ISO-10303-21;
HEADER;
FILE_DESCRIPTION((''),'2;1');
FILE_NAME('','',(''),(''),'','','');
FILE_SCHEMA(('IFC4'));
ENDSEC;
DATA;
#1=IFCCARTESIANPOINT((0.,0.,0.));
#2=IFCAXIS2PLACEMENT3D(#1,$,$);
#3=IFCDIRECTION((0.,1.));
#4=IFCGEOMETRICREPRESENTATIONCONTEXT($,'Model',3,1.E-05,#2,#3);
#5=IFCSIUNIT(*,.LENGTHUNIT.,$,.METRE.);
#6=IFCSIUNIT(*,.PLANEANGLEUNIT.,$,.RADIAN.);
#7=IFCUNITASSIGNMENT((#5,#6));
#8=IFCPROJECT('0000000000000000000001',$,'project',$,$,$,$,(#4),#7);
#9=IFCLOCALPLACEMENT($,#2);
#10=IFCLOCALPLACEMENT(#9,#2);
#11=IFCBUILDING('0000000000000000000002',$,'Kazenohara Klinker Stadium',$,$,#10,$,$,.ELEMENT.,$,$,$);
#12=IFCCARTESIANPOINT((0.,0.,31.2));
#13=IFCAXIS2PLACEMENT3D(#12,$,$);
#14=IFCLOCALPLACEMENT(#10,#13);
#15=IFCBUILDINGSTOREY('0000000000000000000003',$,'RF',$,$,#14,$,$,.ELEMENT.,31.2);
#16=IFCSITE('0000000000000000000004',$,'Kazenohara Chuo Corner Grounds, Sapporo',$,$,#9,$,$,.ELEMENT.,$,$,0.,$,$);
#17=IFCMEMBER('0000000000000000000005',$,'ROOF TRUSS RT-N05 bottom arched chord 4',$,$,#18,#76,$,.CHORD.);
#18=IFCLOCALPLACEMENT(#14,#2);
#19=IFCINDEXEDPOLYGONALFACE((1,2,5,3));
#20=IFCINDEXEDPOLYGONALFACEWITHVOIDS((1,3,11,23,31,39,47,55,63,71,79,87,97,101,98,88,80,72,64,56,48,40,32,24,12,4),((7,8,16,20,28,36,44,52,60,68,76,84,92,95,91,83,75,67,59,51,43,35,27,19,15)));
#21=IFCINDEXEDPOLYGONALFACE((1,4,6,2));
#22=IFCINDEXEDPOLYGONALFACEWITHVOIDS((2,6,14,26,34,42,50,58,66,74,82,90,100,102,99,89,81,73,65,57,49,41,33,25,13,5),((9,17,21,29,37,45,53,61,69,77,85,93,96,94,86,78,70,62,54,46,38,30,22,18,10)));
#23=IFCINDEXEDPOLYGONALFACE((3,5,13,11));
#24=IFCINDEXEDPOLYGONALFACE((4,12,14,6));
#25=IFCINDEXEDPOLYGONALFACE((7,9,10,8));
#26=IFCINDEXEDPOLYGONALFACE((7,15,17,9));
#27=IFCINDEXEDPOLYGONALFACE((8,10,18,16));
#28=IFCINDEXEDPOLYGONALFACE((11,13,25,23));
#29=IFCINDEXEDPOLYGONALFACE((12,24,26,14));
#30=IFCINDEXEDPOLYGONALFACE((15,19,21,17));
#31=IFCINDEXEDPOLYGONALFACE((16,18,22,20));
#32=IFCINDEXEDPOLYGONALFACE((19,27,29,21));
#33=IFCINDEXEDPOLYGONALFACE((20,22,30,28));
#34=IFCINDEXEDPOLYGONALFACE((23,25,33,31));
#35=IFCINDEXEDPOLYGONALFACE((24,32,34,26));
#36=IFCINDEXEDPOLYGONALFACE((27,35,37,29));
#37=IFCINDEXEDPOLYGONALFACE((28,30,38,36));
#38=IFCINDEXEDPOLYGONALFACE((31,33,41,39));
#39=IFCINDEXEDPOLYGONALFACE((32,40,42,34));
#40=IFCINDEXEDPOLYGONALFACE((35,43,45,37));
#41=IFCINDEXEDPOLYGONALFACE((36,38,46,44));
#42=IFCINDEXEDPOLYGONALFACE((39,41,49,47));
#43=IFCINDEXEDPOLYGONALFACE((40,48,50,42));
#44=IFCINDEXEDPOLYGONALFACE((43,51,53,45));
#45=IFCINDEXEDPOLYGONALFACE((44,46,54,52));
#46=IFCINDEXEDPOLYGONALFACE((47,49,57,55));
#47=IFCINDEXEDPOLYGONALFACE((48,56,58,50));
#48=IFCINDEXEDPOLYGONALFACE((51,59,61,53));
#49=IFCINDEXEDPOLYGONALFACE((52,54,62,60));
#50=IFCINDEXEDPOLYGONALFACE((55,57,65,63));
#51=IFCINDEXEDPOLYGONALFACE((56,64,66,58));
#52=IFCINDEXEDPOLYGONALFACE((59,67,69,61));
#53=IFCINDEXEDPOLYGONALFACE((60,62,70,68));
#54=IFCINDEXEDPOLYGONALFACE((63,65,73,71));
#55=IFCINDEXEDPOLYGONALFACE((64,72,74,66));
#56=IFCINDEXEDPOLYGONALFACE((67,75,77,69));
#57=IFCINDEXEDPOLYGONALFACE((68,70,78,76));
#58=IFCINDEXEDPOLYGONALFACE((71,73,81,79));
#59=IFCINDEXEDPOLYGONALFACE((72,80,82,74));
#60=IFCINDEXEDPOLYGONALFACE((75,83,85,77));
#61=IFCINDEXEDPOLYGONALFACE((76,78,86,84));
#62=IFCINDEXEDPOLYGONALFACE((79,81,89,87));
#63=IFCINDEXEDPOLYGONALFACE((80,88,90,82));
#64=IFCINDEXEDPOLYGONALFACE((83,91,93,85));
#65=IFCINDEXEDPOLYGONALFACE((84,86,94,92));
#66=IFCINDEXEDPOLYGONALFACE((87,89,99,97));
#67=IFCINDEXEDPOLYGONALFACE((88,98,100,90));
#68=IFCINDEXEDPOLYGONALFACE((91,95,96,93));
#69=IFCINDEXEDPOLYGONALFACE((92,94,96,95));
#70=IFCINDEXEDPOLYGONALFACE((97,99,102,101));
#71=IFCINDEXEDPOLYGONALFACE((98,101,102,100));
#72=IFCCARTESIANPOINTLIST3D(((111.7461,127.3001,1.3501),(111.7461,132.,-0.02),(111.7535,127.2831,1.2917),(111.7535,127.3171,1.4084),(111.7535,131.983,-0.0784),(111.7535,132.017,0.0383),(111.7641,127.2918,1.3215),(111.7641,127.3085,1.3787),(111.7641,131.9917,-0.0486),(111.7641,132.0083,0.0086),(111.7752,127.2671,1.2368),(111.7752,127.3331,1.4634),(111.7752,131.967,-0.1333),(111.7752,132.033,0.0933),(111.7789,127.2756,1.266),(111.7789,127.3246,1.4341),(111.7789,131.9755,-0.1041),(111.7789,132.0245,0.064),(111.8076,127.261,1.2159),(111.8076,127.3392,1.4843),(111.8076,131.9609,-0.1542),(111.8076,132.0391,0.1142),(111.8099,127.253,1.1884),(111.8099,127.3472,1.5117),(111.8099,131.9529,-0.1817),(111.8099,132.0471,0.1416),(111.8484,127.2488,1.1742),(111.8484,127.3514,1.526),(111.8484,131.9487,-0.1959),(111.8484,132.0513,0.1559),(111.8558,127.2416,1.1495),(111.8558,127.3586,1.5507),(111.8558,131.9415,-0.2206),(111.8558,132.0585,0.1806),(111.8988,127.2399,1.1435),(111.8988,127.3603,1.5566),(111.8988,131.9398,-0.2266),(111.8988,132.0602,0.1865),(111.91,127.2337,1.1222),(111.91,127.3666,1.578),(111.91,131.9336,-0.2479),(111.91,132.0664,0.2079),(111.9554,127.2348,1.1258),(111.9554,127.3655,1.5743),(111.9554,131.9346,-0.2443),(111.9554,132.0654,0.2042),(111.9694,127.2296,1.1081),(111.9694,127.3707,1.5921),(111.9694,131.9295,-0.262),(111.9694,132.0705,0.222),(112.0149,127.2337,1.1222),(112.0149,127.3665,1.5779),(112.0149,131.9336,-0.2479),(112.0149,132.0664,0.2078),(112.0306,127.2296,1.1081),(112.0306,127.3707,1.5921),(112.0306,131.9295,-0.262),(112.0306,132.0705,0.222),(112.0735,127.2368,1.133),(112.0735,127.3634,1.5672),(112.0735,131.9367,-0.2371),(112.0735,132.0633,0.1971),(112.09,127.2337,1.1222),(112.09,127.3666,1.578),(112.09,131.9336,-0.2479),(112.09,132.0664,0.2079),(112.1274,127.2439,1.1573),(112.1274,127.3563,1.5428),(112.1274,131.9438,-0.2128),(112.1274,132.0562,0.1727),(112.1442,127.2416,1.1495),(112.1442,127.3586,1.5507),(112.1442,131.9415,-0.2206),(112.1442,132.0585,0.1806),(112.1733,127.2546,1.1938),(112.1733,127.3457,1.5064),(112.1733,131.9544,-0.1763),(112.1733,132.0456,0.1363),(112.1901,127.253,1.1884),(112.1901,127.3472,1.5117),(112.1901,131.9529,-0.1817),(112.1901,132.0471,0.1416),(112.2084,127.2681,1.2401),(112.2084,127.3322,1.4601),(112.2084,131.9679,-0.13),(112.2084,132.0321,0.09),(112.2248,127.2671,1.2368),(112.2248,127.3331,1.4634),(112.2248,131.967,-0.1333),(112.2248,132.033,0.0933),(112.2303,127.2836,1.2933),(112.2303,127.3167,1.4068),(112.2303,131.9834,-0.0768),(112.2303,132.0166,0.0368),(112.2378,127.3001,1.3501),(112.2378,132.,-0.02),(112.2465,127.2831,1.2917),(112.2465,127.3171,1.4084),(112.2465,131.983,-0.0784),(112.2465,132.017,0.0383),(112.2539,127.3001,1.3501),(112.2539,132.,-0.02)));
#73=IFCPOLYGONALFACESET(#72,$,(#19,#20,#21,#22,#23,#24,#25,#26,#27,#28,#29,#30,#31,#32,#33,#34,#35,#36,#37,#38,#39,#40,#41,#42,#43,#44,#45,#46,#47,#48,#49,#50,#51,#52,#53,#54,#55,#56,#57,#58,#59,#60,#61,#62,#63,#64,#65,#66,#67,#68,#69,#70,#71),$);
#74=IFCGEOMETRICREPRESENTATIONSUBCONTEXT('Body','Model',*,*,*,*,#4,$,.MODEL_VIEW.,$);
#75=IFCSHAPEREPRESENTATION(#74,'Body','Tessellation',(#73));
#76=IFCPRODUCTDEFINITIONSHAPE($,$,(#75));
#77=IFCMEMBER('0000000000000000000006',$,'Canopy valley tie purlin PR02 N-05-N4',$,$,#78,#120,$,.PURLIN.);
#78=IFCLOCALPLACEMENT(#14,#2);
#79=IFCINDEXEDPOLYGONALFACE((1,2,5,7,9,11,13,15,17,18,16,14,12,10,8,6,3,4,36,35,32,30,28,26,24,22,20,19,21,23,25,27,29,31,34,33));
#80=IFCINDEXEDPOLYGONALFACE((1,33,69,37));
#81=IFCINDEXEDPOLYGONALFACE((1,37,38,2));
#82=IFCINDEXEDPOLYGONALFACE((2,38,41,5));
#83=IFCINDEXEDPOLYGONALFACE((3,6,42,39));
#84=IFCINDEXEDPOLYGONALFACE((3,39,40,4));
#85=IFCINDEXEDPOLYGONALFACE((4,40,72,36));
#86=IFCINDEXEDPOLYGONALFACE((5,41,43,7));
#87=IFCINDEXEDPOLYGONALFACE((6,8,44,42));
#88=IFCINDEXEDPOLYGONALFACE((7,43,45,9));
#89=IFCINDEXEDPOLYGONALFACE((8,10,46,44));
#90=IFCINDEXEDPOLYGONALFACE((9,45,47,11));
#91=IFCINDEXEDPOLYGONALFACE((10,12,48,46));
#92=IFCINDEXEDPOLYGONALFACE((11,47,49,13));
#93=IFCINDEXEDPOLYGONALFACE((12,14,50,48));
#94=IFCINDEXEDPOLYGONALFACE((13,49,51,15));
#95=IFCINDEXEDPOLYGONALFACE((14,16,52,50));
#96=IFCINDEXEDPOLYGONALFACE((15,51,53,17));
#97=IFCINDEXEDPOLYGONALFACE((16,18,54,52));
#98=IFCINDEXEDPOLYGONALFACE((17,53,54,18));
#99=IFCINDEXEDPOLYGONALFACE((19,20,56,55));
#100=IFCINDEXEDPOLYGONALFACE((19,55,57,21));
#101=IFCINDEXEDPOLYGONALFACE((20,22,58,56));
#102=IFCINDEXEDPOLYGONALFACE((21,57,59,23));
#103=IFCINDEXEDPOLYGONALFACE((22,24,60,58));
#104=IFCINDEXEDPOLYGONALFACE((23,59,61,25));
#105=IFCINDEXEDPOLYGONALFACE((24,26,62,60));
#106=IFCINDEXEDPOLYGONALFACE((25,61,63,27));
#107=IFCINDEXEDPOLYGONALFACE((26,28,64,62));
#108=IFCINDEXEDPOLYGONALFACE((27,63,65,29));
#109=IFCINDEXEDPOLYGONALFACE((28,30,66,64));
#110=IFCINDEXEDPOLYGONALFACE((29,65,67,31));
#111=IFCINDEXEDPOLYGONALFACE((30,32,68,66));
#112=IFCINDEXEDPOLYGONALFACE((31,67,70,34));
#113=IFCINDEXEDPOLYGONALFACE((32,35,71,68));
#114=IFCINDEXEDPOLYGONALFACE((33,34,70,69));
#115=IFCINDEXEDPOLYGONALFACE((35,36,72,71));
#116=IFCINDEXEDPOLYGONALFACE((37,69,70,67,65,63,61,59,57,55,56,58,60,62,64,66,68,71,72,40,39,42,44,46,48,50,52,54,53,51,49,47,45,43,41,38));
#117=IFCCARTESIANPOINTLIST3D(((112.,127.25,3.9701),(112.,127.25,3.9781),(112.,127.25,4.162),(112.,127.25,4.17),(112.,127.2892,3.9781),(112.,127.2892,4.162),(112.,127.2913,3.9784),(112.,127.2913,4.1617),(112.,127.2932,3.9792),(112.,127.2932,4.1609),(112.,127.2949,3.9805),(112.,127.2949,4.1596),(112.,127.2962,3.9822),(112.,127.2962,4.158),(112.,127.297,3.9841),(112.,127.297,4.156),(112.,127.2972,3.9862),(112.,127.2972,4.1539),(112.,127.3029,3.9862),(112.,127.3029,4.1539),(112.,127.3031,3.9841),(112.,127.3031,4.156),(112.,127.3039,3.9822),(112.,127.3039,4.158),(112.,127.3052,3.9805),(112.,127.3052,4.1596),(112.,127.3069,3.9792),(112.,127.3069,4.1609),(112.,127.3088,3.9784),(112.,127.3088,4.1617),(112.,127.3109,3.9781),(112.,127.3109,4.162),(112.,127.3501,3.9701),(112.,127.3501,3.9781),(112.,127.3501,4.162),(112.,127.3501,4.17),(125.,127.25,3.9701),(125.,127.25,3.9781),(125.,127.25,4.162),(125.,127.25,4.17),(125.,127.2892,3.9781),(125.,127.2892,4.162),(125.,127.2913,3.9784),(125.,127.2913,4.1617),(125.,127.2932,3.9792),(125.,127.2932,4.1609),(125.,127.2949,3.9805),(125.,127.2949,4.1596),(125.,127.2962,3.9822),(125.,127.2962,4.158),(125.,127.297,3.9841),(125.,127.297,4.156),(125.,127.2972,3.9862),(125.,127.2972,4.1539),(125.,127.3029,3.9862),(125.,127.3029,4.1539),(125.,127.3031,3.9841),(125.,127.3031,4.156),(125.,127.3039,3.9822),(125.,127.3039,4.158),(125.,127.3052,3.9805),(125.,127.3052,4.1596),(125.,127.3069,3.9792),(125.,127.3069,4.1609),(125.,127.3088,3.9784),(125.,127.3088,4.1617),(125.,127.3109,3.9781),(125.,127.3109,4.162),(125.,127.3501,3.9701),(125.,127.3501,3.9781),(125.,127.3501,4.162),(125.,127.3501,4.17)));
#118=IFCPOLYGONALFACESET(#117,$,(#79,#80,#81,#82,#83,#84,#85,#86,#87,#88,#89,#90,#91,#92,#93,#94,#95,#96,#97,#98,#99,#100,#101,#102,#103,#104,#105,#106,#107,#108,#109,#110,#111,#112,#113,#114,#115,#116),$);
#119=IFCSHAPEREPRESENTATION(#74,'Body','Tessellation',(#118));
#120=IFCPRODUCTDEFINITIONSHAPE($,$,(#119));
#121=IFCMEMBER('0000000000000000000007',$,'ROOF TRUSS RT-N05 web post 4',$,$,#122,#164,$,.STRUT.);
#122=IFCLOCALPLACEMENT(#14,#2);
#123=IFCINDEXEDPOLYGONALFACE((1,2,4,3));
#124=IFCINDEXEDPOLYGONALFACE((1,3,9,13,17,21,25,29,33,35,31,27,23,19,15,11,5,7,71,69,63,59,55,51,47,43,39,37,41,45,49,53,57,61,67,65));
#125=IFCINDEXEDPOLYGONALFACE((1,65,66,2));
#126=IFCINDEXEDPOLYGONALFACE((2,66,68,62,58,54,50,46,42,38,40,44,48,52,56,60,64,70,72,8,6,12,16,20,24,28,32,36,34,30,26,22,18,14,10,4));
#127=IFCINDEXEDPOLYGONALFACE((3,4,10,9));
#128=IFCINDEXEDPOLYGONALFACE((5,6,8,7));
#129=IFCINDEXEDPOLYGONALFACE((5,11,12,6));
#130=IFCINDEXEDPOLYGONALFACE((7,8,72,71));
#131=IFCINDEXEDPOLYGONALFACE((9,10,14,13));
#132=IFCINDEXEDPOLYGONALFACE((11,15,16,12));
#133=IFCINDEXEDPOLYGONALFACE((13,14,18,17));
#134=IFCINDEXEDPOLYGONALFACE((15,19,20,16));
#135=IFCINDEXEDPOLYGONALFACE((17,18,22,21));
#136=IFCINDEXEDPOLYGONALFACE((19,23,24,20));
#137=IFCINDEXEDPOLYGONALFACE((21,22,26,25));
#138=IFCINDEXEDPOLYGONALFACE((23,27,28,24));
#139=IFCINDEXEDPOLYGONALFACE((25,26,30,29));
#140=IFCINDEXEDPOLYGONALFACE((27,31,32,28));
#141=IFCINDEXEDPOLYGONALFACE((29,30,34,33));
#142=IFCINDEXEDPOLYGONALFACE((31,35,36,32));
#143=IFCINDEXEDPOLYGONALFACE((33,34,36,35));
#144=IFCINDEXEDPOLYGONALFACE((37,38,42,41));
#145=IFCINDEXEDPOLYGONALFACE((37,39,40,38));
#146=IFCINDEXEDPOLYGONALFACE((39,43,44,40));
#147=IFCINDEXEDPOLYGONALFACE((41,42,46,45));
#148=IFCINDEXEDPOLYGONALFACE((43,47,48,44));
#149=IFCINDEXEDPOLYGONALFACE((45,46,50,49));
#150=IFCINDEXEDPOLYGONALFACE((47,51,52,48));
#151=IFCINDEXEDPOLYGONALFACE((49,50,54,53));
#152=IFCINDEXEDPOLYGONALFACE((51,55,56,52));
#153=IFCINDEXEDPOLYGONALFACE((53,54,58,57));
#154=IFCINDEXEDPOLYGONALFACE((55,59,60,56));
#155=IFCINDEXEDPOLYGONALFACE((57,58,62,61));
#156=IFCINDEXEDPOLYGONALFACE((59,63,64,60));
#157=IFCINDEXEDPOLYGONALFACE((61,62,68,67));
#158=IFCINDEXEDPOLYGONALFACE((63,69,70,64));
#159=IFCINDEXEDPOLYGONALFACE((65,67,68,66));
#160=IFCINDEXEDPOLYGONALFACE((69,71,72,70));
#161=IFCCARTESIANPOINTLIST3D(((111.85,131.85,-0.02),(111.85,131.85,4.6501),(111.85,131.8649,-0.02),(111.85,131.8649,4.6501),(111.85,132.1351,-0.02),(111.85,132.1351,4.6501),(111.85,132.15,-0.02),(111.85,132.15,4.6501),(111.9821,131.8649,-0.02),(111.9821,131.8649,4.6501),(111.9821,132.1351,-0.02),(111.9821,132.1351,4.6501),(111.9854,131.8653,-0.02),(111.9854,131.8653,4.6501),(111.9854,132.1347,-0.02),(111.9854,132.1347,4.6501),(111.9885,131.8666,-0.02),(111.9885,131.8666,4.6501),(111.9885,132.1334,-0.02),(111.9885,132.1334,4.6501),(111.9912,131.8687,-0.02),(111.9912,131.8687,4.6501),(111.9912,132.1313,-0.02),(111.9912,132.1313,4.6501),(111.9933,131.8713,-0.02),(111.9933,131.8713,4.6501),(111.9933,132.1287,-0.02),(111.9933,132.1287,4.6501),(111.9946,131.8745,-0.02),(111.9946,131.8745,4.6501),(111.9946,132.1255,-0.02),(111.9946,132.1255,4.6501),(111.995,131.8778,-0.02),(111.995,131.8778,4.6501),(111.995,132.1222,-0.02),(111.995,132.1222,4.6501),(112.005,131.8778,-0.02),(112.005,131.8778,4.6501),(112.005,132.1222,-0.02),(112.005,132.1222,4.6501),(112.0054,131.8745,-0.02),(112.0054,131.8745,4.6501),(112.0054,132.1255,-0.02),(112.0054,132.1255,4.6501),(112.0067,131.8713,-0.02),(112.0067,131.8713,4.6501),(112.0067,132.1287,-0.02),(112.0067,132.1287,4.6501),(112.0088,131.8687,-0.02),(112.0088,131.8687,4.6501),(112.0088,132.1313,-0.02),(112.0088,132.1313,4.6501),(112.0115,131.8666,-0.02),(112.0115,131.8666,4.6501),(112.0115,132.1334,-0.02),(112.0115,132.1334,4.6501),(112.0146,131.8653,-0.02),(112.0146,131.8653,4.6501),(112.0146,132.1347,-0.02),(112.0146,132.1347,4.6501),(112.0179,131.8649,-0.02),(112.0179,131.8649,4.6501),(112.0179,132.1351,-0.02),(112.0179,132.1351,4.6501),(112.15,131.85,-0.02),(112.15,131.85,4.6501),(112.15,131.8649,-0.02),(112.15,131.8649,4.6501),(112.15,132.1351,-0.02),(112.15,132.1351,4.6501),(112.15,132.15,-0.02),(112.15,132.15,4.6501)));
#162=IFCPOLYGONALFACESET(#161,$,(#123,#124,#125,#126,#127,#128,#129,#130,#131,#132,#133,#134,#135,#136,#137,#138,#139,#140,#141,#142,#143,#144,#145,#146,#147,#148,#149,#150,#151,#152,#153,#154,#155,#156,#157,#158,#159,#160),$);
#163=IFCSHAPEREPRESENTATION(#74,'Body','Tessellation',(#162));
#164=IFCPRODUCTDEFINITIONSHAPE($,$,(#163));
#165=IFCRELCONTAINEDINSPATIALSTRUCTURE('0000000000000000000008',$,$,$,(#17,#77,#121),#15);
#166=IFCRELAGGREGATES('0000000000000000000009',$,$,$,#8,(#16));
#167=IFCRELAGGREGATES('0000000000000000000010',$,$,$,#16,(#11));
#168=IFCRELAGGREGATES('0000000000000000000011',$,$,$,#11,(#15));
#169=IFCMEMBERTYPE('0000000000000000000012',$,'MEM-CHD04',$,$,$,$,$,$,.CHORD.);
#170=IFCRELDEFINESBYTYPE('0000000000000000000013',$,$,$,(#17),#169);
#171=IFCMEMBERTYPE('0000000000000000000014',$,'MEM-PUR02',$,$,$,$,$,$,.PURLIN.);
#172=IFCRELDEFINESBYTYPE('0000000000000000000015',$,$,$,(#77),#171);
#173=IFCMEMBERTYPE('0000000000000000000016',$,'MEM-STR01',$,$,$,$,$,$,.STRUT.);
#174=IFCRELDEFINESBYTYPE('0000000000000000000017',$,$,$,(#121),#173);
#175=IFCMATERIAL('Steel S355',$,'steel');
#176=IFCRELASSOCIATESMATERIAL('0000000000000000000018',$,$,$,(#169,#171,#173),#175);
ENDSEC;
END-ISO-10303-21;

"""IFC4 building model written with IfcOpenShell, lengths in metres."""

from ifc_helpers import new_model, si_unit, direction, frame, origin, origin_2d, place, context, subcontext, project, spatial, hollow_circle, i_section, extrude, material, material_profile, profile_set, type_object, element, save


model = new_model("IFC4")

# Units and contexts
model_context = context("Model", 3, precision=1e-05, world=origin(), true_north=direction((0.0, 1.0)))
body_context = subcontext(model_context, "Body", "Model", "MODEL_VIEW")
ifc_project = project(units=[si_unit("LENGTHUNIT", "METRE"), si_unit("PLANEANGLEUNIT", "RADIAN")], contexts=[model_context])

# Site, building, storey
site_placement = place(None, origin())
site = spatial("IfcSite", under=ifc_project, at=site_placement, Name="Kazenohara Chuo Corner Grounds, Sapporo", CompositionType="ELEMENT", RefElevation=0.0)
building_placement = place(site_placement, origin())
building = spatial("IfcBuilding", under=site, at=building_placement, Name="Kazenohara Klinker Stadium", CompositionType="ELEMENT")
storey_placement = place(building_placement, frame((0.0, 0.0, 31.2)))
storey = spatial("IfcBuildingStorey", under=building, at=storey_placement, Name="RF", CompositionType="ELEMENT", Elevation=31.2)

# Members
ifc_material_1 = material(Name="Steel S355", Category="steel")
ifc_material_profile_1 = material_profile(ifc_material_1, hollow_circle(Radius=0.2539, WallThickness=0.0161, at=origin_2d()), Name="CHS-508.0x16")
ifc_profile_set_1 = profile_set([ifc_material_profile_1], Name="Steel S355")
member_type_1 = type_object("IfcMemberType", Name="MEM-CHD04", PredefinedType="CHORD", material=ifc_profile_set_1)
member_1_placement = place(storey_placement, frame((112.0, 132.0, -0.02), z_axis=(0.0, -0.960039, 0.279868), x_axis=(1.0, 0.0, 0.0)))
element("IfcMember", 1, at=member_1_placement, inside=storey, type_object=member_type_1, Name="ROOF TRUSS RT-N05 bottom arched chord 4", PredefinedType="CHORD", context=body_context, shape_type="SweptSolid", body=[
    extrude(hollow_circle(Radius=0.2539, WallThickness=0.0161, at=origin_2d()), origin(), (0.0, 0.0, 1.0), 4.8955),
])
ifc_material_profile_2 = material_profile(ifc_material_1, i_section(OverallWidth=0.1001, OverallDepth=0.2, WebThickness=0.0056, FlangeThickness=0.0081, FilletRadius=0.0081, at=origin_2d()), Name="H-200x100x5.5x8")
ifc_profile_set_2 = profile_set([ifc_material_profile_2], Name="Steel S355")
member_type_2 = type_object("IfcMemberType", Name="MEM-PUR02", PredefinedType="PURLIN", material=ifc_profile_set_2)
member_2_placement = place(storey_placement, frame((112.0, 127.3, 4.0701), z_axis=(1.0, 0.0, 0.0), x_axis=(0.0, 1.0, 0.0)))
element("IfcMember", 2, at=member_2_placement, inside=storey, type_object=member_type_2, Name="Canopy valley tie purlin PR02 N-05-N4", PredefinedType="PURLIN", context=body_context, shape_type="SweptSolid", body=[
    extrude(i_section(OverallWidth=0.1001, OverallDepth=0.2, WebThickness=0.0056, FlangeThickness=0.0081, FilletRadius=0.0081, at=origin_2d()), origin(), (0.0, 0.0, 1.0), 13.0),
])
ifc_material_profile_3 = material_profile(ifc_material_1, i_section(OverallWidth=0.3, OverallDepth=0.3, WebThickness=0.01, FlangeThickness=0.0149, FilletRadius=0.0129, at=origin_2d()), Name="H-300x300x10x15")
ifc_profile_set_3 = profile_set([ifc_material_profile_3], Name="Steel S355")
member_type_3 = type_object("IfcMemberType", Name="MEM-STR01", PredefinedType="STRUT", material=ifc_profile_set_3)
member_3_placement = place(storey_placement, frame((112.0, 132.0, -0.02), z_axis=(0.0, 0.0, 1.0), x_axis=(1.0, 0.0, 0.0)))
element("IfcMember", 3, at=member_3_placement, inside=storey, type_object=member_type_3, Name="ROOF TRUSS RT-N05 web post 4", PredefinedType="STRUT", context=body_context, shape_type="SweptSolid", body=[
    extrude(i_section(OverallWidth=0.3, OverallDepth=0.3, WebThickness=0.01, FlangeThickness=0.0149, FilletRadius=0.0129, at=origin_2d()), origin(), (0.0, 0.0, 1.0), 4.6702),
])

save(model, "model.ifc")
